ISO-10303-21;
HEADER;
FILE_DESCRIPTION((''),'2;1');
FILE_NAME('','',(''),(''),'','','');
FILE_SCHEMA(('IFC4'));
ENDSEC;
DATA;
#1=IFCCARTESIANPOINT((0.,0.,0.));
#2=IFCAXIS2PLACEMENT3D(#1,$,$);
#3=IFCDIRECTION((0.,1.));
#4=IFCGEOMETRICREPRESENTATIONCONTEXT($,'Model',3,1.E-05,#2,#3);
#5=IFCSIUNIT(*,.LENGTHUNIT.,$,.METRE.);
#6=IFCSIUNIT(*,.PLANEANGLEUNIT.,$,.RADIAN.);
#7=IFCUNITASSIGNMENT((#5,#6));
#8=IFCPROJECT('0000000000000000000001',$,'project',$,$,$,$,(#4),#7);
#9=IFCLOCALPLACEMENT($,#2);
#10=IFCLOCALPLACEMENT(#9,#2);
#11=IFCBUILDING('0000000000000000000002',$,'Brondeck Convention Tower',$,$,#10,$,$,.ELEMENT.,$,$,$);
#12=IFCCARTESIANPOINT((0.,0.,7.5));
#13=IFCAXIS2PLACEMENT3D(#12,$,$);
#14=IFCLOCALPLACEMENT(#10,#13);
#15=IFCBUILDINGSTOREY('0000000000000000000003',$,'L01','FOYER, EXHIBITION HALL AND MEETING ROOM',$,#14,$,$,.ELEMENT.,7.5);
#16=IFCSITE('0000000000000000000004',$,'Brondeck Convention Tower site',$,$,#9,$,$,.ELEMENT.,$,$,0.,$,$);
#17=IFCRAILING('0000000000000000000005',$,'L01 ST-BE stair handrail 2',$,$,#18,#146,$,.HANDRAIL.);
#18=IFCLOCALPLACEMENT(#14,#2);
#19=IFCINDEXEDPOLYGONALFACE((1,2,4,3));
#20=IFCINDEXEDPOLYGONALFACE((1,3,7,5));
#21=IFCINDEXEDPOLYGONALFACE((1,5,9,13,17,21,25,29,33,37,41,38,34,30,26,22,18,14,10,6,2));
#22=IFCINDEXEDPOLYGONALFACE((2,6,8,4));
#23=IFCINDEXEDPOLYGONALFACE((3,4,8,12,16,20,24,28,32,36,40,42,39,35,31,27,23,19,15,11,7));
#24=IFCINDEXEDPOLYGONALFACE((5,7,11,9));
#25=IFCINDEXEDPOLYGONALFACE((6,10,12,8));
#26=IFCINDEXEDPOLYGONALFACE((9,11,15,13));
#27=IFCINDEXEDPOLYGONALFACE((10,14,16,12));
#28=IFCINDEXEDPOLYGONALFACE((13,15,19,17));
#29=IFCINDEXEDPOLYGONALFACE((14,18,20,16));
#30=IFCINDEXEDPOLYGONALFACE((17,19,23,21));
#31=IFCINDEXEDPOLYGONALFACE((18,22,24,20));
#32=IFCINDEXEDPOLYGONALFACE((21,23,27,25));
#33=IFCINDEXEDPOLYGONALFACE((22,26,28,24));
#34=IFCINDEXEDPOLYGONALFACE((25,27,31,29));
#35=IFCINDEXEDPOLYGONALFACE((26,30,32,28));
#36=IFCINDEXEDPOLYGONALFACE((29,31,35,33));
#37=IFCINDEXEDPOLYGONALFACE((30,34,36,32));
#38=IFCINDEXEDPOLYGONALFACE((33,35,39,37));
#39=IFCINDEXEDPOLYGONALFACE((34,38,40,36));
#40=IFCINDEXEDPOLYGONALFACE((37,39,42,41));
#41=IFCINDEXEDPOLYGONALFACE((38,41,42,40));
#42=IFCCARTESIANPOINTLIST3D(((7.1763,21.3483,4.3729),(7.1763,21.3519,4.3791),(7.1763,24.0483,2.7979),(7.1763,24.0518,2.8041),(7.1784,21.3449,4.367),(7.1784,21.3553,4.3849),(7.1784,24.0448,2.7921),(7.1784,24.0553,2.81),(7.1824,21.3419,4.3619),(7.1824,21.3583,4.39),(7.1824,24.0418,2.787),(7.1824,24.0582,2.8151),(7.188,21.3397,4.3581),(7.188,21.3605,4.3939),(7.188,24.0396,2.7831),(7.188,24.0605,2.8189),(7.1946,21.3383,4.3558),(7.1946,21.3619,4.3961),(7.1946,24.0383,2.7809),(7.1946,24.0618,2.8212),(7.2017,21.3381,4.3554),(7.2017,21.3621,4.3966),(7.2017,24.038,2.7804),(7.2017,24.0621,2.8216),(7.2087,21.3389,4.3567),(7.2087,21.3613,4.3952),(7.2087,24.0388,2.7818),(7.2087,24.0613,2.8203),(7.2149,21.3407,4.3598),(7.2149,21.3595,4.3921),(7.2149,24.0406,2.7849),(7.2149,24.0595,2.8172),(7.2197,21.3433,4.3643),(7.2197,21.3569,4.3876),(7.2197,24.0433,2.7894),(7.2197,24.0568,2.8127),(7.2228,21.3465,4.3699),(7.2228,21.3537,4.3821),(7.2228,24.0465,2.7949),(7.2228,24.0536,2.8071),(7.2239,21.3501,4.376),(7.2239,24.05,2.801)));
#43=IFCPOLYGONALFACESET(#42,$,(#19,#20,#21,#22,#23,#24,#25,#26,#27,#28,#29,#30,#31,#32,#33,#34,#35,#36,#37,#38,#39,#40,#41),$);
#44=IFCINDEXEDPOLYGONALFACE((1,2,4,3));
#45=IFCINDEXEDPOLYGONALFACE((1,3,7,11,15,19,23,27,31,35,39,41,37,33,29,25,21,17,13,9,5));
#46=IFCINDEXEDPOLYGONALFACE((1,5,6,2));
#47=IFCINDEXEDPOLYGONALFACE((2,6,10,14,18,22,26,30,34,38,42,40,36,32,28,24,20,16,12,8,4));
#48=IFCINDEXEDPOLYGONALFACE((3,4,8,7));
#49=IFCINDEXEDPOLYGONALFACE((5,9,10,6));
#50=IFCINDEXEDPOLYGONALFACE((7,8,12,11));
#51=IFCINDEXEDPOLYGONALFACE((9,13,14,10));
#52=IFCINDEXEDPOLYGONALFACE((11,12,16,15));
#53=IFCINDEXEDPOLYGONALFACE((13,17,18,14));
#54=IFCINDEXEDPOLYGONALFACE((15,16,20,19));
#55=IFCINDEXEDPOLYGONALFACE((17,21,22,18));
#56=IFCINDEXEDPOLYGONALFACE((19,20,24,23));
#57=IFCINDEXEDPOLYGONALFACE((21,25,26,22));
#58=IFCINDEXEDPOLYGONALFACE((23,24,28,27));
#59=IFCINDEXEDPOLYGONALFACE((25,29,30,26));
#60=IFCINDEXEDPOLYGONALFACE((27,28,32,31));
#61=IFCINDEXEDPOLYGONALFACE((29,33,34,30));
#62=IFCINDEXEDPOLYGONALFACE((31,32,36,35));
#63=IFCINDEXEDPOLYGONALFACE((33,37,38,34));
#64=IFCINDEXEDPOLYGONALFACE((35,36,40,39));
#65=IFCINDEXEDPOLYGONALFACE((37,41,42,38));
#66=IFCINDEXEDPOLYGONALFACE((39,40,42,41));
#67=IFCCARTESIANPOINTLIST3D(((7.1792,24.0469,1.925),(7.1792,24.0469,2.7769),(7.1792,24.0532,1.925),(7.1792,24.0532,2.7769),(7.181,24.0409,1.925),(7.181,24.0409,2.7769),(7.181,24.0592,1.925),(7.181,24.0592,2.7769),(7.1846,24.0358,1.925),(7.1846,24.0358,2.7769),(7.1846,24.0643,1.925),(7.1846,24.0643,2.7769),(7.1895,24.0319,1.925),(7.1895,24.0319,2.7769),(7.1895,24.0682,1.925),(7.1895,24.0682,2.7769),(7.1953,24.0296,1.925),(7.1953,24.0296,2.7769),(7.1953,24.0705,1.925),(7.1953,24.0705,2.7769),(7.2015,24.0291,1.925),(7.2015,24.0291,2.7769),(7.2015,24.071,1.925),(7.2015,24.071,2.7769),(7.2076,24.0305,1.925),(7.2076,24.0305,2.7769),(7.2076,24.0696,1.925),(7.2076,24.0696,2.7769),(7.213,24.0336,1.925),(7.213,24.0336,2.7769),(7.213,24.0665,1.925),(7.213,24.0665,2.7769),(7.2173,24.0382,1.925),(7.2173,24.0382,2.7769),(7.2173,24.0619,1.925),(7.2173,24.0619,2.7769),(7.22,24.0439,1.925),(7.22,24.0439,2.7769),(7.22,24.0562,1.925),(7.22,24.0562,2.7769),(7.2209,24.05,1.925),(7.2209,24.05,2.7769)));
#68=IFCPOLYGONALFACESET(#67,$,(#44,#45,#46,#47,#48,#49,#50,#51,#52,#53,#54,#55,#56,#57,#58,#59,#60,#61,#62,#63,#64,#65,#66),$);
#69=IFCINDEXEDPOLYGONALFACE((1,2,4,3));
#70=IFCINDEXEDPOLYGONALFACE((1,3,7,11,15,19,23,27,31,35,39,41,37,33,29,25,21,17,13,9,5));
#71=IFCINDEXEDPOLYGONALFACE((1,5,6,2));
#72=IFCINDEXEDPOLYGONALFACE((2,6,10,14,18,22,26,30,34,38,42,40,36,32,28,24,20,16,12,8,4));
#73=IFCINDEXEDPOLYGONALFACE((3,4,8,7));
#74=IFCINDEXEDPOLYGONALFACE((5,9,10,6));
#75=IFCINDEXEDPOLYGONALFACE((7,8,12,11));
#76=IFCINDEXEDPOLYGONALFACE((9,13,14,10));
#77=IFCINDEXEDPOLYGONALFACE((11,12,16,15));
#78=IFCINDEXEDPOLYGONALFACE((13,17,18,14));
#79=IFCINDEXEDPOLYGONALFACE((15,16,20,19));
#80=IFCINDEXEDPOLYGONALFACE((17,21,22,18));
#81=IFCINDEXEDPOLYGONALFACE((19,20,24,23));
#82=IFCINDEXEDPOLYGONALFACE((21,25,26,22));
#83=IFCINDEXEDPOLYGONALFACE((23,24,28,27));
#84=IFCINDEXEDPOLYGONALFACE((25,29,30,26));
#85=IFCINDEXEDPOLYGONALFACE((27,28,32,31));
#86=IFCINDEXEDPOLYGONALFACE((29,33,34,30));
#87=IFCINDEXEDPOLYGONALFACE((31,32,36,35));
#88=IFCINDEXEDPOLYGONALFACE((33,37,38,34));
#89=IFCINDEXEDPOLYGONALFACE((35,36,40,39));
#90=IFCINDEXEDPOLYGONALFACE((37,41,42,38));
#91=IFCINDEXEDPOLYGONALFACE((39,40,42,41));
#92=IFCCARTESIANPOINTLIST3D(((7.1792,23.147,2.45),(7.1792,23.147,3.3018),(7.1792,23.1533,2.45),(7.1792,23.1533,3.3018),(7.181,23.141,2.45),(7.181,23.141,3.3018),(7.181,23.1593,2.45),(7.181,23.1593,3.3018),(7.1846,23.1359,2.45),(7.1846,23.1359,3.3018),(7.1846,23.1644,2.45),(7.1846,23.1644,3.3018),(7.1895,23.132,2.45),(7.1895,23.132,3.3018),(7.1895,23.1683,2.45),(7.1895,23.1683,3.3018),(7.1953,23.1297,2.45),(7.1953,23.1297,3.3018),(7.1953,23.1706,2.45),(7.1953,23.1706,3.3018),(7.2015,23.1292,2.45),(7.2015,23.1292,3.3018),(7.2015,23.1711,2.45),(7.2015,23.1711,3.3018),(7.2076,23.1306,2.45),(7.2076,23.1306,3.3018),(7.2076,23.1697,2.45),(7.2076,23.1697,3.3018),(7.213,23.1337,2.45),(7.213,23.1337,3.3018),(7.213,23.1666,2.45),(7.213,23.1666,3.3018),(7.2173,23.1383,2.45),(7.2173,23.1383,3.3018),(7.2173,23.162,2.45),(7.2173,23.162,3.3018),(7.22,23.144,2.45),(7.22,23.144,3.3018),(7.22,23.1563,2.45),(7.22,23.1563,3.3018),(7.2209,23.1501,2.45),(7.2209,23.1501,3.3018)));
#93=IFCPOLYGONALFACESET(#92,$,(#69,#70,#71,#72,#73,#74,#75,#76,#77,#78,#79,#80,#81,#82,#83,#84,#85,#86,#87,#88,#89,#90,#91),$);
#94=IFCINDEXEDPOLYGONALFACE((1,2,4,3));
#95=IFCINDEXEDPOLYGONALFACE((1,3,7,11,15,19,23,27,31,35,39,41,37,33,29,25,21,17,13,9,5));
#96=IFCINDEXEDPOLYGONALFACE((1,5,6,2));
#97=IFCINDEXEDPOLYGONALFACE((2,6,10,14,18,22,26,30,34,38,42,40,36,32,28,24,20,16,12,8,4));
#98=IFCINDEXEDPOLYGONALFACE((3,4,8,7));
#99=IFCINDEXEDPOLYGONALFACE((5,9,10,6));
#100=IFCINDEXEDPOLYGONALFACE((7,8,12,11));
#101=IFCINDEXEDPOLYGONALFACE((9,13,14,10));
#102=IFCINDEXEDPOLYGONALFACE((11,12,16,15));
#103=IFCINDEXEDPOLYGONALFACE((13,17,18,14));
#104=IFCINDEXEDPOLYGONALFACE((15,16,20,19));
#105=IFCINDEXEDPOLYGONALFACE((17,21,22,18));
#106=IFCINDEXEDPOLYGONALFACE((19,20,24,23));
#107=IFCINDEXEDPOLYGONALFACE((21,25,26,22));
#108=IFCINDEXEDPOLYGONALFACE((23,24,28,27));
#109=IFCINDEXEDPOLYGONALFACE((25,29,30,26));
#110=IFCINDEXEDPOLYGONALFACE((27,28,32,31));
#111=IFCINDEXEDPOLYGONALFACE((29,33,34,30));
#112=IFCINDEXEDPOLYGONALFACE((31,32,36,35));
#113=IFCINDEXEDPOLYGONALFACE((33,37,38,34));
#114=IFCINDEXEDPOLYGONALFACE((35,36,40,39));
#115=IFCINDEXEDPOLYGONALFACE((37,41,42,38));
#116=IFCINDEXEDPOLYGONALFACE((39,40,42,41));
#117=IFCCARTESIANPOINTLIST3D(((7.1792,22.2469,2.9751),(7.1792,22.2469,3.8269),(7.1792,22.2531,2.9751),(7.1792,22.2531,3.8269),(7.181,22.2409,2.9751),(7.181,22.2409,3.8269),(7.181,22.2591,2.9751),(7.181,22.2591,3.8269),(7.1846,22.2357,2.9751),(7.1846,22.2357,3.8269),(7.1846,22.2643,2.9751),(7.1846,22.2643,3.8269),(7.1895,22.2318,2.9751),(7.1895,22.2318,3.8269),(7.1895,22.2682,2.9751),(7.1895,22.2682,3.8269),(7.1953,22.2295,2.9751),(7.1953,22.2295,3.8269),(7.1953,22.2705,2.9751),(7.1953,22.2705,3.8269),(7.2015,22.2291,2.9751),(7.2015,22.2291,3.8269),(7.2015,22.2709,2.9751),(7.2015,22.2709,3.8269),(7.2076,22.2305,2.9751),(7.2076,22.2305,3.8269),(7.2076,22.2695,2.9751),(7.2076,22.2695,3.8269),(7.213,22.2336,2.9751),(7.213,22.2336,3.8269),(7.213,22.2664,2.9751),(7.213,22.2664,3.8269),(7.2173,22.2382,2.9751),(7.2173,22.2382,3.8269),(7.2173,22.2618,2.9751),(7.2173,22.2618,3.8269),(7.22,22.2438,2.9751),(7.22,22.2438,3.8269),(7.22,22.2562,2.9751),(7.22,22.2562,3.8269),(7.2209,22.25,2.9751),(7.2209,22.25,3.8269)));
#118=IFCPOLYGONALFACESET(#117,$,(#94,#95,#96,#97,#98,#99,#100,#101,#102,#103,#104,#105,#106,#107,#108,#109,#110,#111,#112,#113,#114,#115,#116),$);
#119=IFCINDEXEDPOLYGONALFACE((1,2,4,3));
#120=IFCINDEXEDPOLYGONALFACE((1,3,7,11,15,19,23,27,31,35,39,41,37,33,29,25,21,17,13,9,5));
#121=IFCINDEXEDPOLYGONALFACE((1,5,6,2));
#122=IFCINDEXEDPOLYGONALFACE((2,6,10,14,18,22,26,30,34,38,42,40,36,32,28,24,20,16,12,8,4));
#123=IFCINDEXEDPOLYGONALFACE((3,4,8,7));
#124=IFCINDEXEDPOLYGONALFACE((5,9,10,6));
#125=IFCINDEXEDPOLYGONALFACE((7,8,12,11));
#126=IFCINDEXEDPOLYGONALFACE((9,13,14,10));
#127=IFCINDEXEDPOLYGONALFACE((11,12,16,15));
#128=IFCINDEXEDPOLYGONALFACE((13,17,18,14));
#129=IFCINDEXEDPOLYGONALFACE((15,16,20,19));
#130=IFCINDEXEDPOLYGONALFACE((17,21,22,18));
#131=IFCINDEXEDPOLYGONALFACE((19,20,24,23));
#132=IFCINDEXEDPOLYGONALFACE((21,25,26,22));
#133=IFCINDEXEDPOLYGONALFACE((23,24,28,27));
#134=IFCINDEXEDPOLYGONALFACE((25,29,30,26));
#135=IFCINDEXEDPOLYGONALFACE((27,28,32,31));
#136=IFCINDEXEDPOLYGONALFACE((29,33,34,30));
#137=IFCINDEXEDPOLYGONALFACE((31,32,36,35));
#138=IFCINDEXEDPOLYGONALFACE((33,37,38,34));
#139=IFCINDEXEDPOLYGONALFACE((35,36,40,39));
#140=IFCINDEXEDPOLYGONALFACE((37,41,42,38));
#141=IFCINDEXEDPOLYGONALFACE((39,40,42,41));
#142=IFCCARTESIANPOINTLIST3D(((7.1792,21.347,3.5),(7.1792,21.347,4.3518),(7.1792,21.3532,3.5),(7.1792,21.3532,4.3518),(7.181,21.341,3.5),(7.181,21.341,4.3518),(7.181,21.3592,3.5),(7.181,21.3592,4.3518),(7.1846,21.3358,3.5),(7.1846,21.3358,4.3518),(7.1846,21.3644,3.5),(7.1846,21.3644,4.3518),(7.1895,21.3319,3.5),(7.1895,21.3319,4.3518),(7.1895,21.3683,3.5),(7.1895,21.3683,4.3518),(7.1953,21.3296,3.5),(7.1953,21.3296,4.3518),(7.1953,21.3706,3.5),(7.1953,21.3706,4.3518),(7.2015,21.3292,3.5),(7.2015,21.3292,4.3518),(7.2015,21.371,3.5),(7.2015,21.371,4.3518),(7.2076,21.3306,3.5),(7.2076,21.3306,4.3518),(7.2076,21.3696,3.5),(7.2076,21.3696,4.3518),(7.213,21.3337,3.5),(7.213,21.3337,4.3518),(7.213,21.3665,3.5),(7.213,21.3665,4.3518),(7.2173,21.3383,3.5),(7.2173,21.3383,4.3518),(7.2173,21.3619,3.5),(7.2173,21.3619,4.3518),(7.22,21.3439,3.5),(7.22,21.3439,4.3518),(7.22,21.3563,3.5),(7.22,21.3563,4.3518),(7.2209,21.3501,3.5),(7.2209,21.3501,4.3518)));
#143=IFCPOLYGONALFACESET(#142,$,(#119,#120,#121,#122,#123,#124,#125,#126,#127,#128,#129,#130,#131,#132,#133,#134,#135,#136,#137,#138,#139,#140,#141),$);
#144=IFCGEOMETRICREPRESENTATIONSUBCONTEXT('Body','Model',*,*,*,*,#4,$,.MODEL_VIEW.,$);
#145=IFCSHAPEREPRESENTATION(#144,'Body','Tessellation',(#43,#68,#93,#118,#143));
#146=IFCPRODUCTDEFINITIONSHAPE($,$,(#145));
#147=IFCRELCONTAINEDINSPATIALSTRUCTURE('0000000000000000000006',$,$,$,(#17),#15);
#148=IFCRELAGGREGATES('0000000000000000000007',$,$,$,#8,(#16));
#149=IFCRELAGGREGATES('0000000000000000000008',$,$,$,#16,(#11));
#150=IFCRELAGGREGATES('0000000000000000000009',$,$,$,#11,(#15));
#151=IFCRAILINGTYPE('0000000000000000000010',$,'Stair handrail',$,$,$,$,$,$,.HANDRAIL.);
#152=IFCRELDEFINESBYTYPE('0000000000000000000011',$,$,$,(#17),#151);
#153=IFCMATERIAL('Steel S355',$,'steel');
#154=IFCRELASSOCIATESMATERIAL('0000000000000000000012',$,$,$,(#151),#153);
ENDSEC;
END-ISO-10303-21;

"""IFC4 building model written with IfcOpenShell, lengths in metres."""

from ifc_helpers import new_model, si_unit, direction, frame, origin, origin_2d, place, context, subcontext, project, spatial, circle, extrude, material, type_object, element, save


model = new_model("IFC4")

# Units and contexts
model_context = context("Model", 3, precision=1e-05, world=origin(), true_north=direction((0.0, 1.0)))
body_context = subcontext(model_context, "Body", "Model", "MODEL_VIEW")
ifc_project = project(units=[si_unit("LENGTHUNIT", "METRE"), si_unit("PLANEANGLEUNIT", "RADIAN")], contexts=[model_context])

# Site, building, storey
site_placement = place(None, origin())
site = spatial("IfcSite", under=ifc_project, at=site_placement, Name="Brondeck Convention Tower site", CompositionType="ELEMENT", RefElevation=0.0)
building_placement = place(site_placement, origin())
building = spatial("IfcBuilding", under=site, at=building_placement, Name="Brondeck Convention Tower", CompositionType="ELEMENT")
storey_placement = place(building_placement, frame((0.0, 0.0, 7.5)))
storey = spatial("IfcBuildingStorey", under=building, at=storey_placement, Name="L01", Description="FOYER, EXHIBITION HALL AND MEETING ROOM", CompositionType="ELEMENT", Elevation=7.5)

# Shared definitions
ifc_material_1 = material(Name="Steel S355", Category="steel")

# Railing
railing_type_1 = type_object("IfcRailingType", Name="Stair handrail", PredefinedType="HANDRAIL", material=ifc_material_1)
railing_1_placement = place(storey_placement, frame((7.2, 24.05, 1.925)))
element("IfcRailing", 1, at=railing_1_placement, inside=storey, type_object=railing_type_1, Name="L01 ST-BE stair handrail 2", PredefinedType="HANDRAIL", context=body_context, shape_type="SweptSolid", body=[
    extrude(circle(Radius=0.0239, at=origin_2d()), frame((0.0, 0.0, 0.876), z_axis=(0.0, -0.863782, 0.503866), x_axis=(1.0, 0.0, 0.0)), (0.0, 0.0, 1.0), 3.1257),
    extrude(circle(Radius=0.021, at=origin_2d()), origin(), (0.0, 0.0, 1.0), 0.8518),
    extrude(circle(Radius=0.021, at=origin_2d()), frame((0.0, -0.8999, 0.5249)), (0.0, 0.0, 1.0), 0.8518),
    extrude(circle(Radius=0.021, at=origin_2d()), frame((0.0, -1.8, 1.05)), (0.0, 0.0, 1.0), 0.8518),
    extrude(circle(Radius=0.021, at=origin_2d()), frame((0.0, -2.7, 1.575)), (0.0, 0.0, 1.0), 0.8518),
])

save(model, "model.ifc")
